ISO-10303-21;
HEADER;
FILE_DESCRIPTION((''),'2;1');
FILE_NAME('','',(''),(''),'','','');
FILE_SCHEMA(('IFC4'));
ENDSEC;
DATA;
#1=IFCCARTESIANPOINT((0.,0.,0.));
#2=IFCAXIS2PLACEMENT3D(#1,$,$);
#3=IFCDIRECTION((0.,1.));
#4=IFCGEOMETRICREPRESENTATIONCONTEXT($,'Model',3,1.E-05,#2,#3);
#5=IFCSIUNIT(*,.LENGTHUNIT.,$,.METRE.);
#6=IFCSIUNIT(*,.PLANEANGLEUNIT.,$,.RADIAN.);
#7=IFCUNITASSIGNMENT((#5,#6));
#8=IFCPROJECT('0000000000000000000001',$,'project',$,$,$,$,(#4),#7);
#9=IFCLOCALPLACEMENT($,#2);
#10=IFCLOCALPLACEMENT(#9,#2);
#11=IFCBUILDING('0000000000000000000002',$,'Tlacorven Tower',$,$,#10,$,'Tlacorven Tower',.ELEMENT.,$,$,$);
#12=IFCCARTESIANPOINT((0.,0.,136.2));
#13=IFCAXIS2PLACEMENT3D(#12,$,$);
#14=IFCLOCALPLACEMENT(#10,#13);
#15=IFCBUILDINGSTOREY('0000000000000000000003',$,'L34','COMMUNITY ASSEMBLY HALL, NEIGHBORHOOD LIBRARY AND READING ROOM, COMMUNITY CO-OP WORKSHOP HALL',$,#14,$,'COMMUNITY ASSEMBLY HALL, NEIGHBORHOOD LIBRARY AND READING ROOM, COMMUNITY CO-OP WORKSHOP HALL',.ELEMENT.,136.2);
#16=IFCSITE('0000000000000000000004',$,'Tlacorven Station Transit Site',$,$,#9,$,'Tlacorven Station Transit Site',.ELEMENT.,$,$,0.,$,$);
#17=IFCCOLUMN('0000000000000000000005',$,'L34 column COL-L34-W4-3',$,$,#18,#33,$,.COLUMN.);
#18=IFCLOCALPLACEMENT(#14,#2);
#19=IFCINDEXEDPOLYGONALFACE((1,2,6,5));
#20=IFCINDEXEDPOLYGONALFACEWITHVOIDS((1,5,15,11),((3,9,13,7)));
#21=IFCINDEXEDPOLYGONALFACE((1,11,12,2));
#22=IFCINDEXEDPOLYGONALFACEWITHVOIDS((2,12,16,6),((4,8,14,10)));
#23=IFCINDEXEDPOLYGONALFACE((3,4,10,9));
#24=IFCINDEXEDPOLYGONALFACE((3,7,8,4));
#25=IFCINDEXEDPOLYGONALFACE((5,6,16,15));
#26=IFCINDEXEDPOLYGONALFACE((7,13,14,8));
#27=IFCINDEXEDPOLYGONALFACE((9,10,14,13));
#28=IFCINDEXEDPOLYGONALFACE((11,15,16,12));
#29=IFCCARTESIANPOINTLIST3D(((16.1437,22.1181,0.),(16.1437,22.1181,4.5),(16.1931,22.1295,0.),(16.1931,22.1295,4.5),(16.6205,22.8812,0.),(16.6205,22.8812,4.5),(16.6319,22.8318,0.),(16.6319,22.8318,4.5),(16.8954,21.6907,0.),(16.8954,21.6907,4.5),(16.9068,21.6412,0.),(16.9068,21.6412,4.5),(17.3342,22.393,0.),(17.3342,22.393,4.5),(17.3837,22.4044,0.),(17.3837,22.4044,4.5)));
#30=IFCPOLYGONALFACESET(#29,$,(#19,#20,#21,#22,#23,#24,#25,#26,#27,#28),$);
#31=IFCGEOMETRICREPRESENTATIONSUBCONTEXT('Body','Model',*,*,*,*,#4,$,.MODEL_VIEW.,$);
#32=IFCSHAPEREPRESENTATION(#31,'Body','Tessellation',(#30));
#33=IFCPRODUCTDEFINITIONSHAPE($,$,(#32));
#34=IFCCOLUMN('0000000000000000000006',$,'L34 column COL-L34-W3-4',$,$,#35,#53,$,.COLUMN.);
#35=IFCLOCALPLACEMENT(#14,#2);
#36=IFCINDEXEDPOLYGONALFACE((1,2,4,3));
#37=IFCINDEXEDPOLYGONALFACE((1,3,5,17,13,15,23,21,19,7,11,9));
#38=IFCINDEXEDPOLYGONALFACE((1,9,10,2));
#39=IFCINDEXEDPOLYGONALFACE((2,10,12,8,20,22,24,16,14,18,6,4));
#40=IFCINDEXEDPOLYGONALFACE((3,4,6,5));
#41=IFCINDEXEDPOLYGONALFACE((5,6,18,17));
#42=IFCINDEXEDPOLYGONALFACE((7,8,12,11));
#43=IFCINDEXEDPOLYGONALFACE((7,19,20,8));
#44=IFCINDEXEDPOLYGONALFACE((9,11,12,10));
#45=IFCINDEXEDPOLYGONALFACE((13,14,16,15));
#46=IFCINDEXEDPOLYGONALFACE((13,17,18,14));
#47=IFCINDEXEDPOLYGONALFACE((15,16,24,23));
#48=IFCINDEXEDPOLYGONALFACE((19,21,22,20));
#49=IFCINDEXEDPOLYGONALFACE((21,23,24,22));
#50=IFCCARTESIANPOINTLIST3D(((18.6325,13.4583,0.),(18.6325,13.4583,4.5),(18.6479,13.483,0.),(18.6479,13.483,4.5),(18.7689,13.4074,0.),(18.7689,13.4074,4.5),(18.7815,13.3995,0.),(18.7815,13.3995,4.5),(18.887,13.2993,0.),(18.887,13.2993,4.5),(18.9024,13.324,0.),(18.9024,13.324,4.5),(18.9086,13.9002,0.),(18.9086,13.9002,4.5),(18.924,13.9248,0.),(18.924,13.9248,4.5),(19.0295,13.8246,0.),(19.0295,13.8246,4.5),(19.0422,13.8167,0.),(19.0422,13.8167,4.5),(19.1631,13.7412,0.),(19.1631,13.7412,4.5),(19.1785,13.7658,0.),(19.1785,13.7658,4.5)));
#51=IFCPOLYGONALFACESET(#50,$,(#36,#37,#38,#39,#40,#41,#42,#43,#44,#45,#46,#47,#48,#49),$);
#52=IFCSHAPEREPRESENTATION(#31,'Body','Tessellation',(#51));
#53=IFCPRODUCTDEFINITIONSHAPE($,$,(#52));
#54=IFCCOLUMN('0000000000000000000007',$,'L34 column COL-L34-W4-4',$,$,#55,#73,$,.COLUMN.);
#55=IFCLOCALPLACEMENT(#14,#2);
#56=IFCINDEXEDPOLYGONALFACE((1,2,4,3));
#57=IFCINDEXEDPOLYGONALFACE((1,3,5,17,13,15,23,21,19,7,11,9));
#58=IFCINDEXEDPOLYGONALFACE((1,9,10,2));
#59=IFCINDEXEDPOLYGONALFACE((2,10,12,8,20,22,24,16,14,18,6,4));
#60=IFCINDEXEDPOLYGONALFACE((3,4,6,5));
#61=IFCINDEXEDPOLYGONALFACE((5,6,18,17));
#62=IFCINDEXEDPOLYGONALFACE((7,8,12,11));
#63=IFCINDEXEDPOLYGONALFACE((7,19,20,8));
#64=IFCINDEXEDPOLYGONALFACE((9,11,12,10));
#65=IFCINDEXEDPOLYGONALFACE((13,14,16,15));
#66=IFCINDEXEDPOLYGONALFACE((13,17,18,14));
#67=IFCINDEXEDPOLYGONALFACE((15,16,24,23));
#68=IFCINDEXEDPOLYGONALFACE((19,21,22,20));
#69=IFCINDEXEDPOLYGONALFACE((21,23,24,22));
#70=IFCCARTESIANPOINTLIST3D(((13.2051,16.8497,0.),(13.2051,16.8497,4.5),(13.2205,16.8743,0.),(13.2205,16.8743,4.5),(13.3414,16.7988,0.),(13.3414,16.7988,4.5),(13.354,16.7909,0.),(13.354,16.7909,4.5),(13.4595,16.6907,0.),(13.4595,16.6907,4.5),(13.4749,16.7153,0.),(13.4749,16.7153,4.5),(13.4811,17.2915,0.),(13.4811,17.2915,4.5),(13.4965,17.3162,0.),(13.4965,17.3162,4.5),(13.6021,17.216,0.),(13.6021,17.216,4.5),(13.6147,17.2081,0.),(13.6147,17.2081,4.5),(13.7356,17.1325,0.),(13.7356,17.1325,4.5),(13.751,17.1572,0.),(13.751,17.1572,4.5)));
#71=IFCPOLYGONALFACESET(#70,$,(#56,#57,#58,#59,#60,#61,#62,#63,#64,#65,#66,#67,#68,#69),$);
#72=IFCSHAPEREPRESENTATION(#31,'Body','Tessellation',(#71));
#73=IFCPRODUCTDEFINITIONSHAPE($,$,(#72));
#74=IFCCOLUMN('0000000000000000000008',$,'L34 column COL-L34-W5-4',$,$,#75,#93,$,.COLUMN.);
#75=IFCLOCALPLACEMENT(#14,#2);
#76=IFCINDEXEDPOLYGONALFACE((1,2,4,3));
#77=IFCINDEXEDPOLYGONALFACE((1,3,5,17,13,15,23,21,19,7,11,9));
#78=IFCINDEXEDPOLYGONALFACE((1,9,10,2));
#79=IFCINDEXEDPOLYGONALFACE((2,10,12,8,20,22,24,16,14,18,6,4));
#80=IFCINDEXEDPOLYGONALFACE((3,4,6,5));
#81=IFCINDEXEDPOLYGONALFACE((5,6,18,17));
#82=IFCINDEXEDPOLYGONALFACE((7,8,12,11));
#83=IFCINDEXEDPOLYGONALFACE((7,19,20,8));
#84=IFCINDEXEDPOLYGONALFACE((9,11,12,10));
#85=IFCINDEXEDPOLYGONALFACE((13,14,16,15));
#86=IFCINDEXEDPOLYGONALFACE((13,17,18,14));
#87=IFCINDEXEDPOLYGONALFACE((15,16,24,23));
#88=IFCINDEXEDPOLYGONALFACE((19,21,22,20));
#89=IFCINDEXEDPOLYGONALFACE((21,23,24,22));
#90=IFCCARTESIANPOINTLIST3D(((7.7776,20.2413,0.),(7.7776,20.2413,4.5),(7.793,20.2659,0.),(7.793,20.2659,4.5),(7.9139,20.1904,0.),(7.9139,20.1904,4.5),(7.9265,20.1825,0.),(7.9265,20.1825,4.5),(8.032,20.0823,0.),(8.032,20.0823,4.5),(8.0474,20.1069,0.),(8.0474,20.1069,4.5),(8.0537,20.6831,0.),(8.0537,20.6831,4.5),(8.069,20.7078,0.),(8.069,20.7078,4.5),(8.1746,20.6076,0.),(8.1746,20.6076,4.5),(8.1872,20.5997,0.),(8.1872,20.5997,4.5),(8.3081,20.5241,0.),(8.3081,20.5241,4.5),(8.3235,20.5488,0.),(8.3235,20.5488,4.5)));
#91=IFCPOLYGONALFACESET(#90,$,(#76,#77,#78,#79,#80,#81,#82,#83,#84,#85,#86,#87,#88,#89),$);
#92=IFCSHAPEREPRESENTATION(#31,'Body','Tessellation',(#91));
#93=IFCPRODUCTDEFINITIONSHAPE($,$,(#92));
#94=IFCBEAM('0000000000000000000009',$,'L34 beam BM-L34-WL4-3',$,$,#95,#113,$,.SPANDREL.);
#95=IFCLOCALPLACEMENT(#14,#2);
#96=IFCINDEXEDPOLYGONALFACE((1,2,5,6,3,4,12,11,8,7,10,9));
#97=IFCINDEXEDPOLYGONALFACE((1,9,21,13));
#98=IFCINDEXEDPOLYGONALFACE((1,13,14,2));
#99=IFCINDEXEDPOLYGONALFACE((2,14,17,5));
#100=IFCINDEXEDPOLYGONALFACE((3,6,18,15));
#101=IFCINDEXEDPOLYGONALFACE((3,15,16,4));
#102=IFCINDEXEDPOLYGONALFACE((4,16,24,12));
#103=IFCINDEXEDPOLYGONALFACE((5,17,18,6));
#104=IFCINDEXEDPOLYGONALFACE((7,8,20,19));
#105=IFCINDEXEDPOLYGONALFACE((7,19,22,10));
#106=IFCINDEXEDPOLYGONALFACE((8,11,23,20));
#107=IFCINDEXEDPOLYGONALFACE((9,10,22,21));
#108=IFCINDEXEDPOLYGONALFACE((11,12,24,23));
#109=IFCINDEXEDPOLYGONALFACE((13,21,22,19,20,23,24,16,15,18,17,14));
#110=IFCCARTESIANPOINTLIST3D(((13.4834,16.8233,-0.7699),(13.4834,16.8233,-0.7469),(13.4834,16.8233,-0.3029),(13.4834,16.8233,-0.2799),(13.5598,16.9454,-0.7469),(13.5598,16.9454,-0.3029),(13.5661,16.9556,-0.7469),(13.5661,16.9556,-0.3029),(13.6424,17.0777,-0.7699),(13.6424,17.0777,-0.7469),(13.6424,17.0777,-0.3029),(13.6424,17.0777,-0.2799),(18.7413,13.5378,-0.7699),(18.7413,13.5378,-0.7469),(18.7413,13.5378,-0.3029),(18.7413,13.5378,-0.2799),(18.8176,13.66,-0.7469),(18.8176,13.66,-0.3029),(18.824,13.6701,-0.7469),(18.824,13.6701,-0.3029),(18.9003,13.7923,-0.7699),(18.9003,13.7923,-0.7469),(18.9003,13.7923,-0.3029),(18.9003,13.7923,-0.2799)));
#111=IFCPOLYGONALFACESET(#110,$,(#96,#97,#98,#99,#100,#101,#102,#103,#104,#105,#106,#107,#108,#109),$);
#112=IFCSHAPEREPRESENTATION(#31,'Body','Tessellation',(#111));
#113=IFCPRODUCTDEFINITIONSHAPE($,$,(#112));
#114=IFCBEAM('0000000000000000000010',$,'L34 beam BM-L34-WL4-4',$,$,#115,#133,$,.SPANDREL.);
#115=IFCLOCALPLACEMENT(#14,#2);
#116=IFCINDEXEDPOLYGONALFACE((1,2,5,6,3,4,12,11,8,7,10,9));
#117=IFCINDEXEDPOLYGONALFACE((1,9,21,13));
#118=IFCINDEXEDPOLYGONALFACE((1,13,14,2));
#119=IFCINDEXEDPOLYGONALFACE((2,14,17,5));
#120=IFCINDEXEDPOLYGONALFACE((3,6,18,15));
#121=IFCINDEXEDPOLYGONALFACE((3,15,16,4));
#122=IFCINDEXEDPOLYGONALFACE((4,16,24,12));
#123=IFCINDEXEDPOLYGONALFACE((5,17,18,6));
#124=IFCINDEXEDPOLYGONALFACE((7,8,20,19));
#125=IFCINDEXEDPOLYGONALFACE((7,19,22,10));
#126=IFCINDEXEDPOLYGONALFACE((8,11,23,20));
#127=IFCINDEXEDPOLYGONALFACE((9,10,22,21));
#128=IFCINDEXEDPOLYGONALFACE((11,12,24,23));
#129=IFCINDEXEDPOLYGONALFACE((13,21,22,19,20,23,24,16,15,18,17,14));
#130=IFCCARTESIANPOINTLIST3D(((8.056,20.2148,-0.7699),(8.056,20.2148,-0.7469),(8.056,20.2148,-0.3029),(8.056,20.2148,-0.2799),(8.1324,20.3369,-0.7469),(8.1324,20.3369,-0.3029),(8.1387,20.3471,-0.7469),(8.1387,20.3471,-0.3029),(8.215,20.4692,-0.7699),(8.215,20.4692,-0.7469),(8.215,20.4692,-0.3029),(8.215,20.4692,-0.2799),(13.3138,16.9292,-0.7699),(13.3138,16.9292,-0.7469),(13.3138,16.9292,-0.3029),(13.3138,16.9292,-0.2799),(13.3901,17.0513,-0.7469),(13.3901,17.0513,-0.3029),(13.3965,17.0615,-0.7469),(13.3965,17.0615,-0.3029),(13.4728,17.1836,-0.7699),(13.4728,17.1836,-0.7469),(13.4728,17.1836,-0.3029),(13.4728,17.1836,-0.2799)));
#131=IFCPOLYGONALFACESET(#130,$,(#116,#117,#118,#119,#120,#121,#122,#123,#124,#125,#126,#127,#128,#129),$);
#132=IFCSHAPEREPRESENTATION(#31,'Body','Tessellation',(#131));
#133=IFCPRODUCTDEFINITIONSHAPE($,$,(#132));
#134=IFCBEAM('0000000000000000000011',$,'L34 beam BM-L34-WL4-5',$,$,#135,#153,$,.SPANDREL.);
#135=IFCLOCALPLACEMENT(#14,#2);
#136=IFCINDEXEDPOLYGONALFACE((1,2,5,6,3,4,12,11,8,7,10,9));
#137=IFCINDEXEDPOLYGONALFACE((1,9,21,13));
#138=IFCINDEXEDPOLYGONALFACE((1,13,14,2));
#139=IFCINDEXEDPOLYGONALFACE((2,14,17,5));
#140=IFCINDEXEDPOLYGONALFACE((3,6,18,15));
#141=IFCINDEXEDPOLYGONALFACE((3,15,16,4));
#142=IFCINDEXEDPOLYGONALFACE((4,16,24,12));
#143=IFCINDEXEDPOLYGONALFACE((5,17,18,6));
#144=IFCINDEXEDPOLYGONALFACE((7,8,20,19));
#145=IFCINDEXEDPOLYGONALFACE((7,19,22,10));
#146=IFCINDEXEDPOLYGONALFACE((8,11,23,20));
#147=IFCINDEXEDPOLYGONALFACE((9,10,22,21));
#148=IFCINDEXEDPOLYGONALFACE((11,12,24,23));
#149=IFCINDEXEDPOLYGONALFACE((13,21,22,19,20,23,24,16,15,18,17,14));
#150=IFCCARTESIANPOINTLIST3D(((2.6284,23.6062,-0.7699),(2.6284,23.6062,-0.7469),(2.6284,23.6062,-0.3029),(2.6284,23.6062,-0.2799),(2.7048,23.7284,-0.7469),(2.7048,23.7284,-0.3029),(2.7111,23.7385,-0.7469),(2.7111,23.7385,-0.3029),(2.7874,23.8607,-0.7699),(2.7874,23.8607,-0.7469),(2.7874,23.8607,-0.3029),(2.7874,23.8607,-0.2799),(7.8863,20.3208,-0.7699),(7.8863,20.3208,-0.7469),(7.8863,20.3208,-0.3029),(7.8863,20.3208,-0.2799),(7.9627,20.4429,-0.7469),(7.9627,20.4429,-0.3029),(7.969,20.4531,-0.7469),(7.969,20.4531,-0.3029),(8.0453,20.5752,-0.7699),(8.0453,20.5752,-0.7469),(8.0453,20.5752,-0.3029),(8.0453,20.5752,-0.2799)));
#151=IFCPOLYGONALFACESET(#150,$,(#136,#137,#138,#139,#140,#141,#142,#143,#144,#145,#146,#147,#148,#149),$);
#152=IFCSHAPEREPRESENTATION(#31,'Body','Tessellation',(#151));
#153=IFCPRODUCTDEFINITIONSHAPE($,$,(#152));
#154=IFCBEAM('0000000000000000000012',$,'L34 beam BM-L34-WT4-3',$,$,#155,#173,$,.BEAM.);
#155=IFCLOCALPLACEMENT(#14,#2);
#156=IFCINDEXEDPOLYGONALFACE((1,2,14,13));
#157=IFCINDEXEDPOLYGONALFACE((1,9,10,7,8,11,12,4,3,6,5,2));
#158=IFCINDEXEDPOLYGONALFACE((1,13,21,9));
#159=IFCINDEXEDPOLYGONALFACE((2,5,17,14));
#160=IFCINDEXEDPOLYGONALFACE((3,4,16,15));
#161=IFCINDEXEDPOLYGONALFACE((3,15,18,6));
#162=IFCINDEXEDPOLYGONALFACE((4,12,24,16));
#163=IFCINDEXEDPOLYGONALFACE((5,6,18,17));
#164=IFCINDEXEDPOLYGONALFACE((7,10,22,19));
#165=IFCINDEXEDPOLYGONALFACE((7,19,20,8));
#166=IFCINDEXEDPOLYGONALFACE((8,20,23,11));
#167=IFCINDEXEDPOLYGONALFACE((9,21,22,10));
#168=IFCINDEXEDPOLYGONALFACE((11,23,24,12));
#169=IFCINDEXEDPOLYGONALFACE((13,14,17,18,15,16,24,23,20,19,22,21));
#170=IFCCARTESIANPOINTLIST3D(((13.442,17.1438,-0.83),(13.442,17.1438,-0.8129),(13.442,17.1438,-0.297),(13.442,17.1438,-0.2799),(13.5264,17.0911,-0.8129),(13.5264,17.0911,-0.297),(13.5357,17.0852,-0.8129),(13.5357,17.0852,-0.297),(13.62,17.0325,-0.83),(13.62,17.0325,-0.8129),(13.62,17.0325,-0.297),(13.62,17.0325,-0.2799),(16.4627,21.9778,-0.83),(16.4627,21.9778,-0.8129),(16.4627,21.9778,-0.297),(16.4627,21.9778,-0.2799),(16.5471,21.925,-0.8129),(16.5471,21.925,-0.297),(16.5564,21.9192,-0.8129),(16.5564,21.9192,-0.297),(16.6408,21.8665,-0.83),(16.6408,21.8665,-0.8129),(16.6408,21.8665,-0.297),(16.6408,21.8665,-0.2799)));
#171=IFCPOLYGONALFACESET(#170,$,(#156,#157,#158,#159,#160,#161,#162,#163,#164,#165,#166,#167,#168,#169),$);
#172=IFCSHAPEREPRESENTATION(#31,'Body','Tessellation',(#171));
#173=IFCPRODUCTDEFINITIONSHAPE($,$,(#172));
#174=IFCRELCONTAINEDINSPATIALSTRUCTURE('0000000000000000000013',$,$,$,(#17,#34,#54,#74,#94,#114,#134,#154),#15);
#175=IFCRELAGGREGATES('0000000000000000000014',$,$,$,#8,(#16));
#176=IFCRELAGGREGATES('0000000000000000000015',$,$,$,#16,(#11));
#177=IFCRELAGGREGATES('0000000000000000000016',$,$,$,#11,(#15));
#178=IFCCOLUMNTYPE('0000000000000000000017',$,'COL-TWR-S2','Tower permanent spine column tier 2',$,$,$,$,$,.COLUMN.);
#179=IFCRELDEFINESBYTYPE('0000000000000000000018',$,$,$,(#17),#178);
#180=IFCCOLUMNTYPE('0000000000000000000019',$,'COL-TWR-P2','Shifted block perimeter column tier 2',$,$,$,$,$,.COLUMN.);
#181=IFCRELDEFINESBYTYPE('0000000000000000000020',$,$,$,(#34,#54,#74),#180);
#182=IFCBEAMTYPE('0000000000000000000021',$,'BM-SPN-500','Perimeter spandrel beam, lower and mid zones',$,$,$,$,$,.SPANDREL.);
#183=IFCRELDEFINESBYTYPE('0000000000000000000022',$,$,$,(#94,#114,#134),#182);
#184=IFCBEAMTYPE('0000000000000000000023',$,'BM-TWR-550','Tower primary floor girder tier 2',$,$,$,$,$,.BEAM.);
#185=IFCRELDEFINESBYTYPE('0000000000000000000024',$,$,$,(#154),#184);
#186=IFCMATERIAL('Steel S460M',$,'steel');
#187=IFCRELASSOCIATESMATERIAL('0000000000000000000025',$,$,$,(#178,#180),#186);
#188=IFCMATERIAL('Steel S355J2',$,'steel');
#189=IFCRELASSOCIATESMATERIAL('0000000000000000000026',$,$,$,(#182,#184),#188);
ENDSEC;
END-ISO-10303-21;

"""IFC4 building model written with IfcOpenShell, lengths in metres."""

from ifc_helpers import new_model, si_unit, direction, frame, origin, origin_2d, place, context, subcontext, project, spatial, hollow_rectangle, i_section, extrude, source, transform, mapped, material, material_profile, profile_set, type_object, element, save


model = new_model("IFC4")

# Units and contexts
model_context = context("Model", 3, precision=1e-05, world=origin(), true_north=direction((0.0, 1.0)))
body_context = subcontext(model_context, "Body", "Model", "MODEL_VIEW")
ifc_project = project(units=[si_unit("LENGTHUNIT", "METRE"), si_unit("PLANEANGLEUNIT", "RADIAN")], contexts=[model_context])

# Site, building, storey
site_placement = place(None, origin())
site = spatial("IfcSite", under=ifc_project, at=site_placement, Name="Tlacorven Station Transit Site", LongName="Tlacorven Station Transit Site", CompositionType="ELEMENT", RefElevation=0.0)
building_placement = place(site_placement, origin())
building = spatial("IfcBuilding", under=site, at=building_placement, Name="Tlacorven Tower", LongName="Tlacorven Tower", CompositionType="ELEMENT")
storey_placement = place(building_placement, frame((0.0, 0.0, 136.2)))
storey = spatial("IfcBuildingStorey", under=building, at=storey_placement, Name="L34", Description="COMMUNITY ASSEMBLY HALL, NEIGHBORHOOD LIBRARY AND READING ROOM, COMMUNITY CO-OP WORKSHOP HALL", LongName="COMMUNITY ASSEMBLY HALL, NEIGHBORHOOD LIBRARY AND READING ROOM, COMMUNITY CO-OP WORKSHOP HALL", CompositionType="ELEMENT", Elevation=136.2)

# Columns
ifc_material_1 = material(Name="Steel S460M", Category="steel")
ifc_material_profile_1 = material_profile(ifc_material_1, hollow_rectangle(XDim=0.8999, YDim=0.8999, WallThickness=0.0359, at=origin_2d()), Name="BOX 900X900X36")
ifc_profile_set_1 = profile_set([ifc_material_profile_1], Name="Steel S460M")
column_type_1 = type_object("IfcColumnType", Name="COL-TWR-S2", Description="Tower permanent spine column tier 2", PredefinedType="COLUMN", material=ifc_profile_set_1)
shared_shape_1 = source(origin(), body_context, "Body", "SweptSolid", [
    extrude(hollow_rectangle(XDim=0.8999, YDim=0.8999, WallThickness=0.0359, at=origin_2d()), origin(), (0.0, 0.0, 1.0), 4.5),
])
column_placement = place(storey_placement, frame((16.7637, 22.2612, 0.0), z_axis=(0.0, 0.0, 1.0), x_axis=(-0.848048, 0.529919, 0.0)))
element("IfcColumn", 1, at=column_placement, inside=storey, type_object=column_type_1, Name="L34 column COL-L34-W4-3", PredefinedType="COLUMN", context=body_context, shape_type="MappedRepresentation", body=[
    mapped(shared_shape_1, transform((0.0, 0.0, 0.0), scale=1.0)),
])
ifc_material_profile_2 = material_profile(ifc_material_1, i_section(OverallWidth=0.3, OverallDepth=0.55, WebThickness=0.0149, FlangeThickness=0.0291, at=origin_2d()), Name="HEB 550")
ifc_profile_set_2 = profile_set([ifc_material_profile_2], Name="Steel S460M")
column_type_2 = type_object("IfcColumnType", Name="COL-TWR-P2", Description="Shifted block perimeter column tier 2", PredefinedType="COLUMN", material=ifc_profile_set_2)
shared_shape_2 = source(origin(), body_context, "Body", "SweptSolid", [
    extrude(i_section(OverallWidth=0.3, OverallDepth=0.55, WebThickness=0.0149, FlangeThickness=0.0291, at=origin_2d()), origin(), (0.0, 0.0, 1.0), 4.5),
])
for number, where, z_axis, x_axis, name in (
    (2, (18.9055, 13.6121, 0.0), (0.0, 0.0, 1.0), (-0.848048, 0.529919, 0.0), "L34 column COL-L34-W3-4"),
    (3, (13.478, 17.0034, 0.0), (0.0, 0.0, 1.0), (-0.848048, 0.529919, 0.0), "L34 column COL-L34-W4-4"),
    (4, (8.0505, 20.395, 0.0), (0.0, 0.0, 1.0), (-0.848048, 0.529919, 0.0), "L34 column COL-L34-W5-4"),
):
    element("IfcColumn", number, at=place(storey_placement, frame(where, z_axis=z_axis, x_axis=x_axis)), inside=storey, type_object=column_type_2, Name=name, PredefinedType="COLUMN", context=body_context, shape_type="MappedRepresentation", body=[
        mapped(shared_shape_2, transform((0.0, 0.0, 0.0), scale=1.0)),
    ])

# Beams
ifc_material_2 = material(Name="Steel S355J2", Category="steel")
ifc_material_profile_3 = material_profile(ifc_material_2, i_section(OverallWidth=0.3, OverallDepth=0.49, WebThickness=0.012, FlangeThickness=0.0229, at=origin_2d()), Name="HEA 500")
ifc_profile_set_3 = profile_set([ifc_material_profile_3], Name="Steel S355J2")
beam_type_1 = type_object("IfcBeamType", Name="BM-SPN-500", Description="Perimeter spandrel beam, lower and mid zones", PredefinedType="SPANDREL", material=ifc_profile_set_3)
shared_shape_3 = source(origin(), body_context, "Body", "SweptSolid", [
    extrude(i_section(OverallWidth=0.3, OverallDepth=0.49, WebThickness=0.012, FlangeThickness=0.0229, at=origin_2d()), origin(), (0.0, 0.0, 1.0), 6.2),
])
for number, where, z_axis, x_axis, name in (
    (5, (18.8208, 13.665, -0.5249), (-0.848051, 0.529914, 0.0), (-0.529914, -0.848051, 0.0), "L34 beam BM-L34-WL4-3"),
    (6, (13.3933, 17.0564, -0.5249), (-0.848034, 0.529942, 0.0), (-0.529942, -0.848034, 0.0), "L34 beam BM-L34-WL4-4"),
    (7, (7.9658, 20.448, -0.5249), (-0.848051, 0.529914, 0.0), (-0.529914, -0.848051, 0.0), "L34 beam BM-L34-WL4-5"),
):
    element("IfcBeam", number, at=place(storey_placement, frame(where, z_axis=z_axis, x_axis=x_axis)), inside=storey, type_object=beam_type_1, Name=name, PredefinedType="SPANDREL", context=body_context, shape_type="MappedRepresentation", body=[
        mapped(shared_shape_3, transform((0.0, 0.0, 0.0), scale=1.0)),
    ])
ifc_material_profile_4 = material_profile(ifc_material_2, i_section(OverallWidth=0.21, OverallDepth=0.55, WebThickness=0.011, FlangeThickness=0.0171, at=origin_2d()), Name="IPE 550")
ifc_profile_set_4 = profile_set([ifc_material_profile_4], Name="Steel S355J2")
beam_type_2 = type_object("IfcBeamType", Name="BM-TWR-550", Description="Tower primary floor girder tier 2", PredefinedType="BEAM", material=ifc_profile_set_4)
shared_shape_4 = source(origin(), body_context, "Body", "SweptSolid", [
    extrude(i_section(OverallWidth=0.21, OverallDepth=0.55, WebThickness=0.011, FlangeThickness=0.0171, at=origin_2d()), origin(), (0.0, 0.0, 1.0), 5.7002),
])
beam_placement = place(storey_placement, frame((16.5518, 21.9221, -0.5549), z_axis=(-0.529937, -0.848037, 0.0), x_axis=(0.848037, -0.529937, 0.0)))
element("IfcBeam", 8, at=beam_placement, inside=storey, type_object=beam_type_2, Name="L34 beam BM-L34-WT4-3", PredefinedType="BEAM", context=body_context, shape_type="MappedRepresentation", body=[
    mapped(shared_shape_4, transform((0.0, 0.0, 0.0), scale=1.0)),
])

save(model, "model.ifc")
